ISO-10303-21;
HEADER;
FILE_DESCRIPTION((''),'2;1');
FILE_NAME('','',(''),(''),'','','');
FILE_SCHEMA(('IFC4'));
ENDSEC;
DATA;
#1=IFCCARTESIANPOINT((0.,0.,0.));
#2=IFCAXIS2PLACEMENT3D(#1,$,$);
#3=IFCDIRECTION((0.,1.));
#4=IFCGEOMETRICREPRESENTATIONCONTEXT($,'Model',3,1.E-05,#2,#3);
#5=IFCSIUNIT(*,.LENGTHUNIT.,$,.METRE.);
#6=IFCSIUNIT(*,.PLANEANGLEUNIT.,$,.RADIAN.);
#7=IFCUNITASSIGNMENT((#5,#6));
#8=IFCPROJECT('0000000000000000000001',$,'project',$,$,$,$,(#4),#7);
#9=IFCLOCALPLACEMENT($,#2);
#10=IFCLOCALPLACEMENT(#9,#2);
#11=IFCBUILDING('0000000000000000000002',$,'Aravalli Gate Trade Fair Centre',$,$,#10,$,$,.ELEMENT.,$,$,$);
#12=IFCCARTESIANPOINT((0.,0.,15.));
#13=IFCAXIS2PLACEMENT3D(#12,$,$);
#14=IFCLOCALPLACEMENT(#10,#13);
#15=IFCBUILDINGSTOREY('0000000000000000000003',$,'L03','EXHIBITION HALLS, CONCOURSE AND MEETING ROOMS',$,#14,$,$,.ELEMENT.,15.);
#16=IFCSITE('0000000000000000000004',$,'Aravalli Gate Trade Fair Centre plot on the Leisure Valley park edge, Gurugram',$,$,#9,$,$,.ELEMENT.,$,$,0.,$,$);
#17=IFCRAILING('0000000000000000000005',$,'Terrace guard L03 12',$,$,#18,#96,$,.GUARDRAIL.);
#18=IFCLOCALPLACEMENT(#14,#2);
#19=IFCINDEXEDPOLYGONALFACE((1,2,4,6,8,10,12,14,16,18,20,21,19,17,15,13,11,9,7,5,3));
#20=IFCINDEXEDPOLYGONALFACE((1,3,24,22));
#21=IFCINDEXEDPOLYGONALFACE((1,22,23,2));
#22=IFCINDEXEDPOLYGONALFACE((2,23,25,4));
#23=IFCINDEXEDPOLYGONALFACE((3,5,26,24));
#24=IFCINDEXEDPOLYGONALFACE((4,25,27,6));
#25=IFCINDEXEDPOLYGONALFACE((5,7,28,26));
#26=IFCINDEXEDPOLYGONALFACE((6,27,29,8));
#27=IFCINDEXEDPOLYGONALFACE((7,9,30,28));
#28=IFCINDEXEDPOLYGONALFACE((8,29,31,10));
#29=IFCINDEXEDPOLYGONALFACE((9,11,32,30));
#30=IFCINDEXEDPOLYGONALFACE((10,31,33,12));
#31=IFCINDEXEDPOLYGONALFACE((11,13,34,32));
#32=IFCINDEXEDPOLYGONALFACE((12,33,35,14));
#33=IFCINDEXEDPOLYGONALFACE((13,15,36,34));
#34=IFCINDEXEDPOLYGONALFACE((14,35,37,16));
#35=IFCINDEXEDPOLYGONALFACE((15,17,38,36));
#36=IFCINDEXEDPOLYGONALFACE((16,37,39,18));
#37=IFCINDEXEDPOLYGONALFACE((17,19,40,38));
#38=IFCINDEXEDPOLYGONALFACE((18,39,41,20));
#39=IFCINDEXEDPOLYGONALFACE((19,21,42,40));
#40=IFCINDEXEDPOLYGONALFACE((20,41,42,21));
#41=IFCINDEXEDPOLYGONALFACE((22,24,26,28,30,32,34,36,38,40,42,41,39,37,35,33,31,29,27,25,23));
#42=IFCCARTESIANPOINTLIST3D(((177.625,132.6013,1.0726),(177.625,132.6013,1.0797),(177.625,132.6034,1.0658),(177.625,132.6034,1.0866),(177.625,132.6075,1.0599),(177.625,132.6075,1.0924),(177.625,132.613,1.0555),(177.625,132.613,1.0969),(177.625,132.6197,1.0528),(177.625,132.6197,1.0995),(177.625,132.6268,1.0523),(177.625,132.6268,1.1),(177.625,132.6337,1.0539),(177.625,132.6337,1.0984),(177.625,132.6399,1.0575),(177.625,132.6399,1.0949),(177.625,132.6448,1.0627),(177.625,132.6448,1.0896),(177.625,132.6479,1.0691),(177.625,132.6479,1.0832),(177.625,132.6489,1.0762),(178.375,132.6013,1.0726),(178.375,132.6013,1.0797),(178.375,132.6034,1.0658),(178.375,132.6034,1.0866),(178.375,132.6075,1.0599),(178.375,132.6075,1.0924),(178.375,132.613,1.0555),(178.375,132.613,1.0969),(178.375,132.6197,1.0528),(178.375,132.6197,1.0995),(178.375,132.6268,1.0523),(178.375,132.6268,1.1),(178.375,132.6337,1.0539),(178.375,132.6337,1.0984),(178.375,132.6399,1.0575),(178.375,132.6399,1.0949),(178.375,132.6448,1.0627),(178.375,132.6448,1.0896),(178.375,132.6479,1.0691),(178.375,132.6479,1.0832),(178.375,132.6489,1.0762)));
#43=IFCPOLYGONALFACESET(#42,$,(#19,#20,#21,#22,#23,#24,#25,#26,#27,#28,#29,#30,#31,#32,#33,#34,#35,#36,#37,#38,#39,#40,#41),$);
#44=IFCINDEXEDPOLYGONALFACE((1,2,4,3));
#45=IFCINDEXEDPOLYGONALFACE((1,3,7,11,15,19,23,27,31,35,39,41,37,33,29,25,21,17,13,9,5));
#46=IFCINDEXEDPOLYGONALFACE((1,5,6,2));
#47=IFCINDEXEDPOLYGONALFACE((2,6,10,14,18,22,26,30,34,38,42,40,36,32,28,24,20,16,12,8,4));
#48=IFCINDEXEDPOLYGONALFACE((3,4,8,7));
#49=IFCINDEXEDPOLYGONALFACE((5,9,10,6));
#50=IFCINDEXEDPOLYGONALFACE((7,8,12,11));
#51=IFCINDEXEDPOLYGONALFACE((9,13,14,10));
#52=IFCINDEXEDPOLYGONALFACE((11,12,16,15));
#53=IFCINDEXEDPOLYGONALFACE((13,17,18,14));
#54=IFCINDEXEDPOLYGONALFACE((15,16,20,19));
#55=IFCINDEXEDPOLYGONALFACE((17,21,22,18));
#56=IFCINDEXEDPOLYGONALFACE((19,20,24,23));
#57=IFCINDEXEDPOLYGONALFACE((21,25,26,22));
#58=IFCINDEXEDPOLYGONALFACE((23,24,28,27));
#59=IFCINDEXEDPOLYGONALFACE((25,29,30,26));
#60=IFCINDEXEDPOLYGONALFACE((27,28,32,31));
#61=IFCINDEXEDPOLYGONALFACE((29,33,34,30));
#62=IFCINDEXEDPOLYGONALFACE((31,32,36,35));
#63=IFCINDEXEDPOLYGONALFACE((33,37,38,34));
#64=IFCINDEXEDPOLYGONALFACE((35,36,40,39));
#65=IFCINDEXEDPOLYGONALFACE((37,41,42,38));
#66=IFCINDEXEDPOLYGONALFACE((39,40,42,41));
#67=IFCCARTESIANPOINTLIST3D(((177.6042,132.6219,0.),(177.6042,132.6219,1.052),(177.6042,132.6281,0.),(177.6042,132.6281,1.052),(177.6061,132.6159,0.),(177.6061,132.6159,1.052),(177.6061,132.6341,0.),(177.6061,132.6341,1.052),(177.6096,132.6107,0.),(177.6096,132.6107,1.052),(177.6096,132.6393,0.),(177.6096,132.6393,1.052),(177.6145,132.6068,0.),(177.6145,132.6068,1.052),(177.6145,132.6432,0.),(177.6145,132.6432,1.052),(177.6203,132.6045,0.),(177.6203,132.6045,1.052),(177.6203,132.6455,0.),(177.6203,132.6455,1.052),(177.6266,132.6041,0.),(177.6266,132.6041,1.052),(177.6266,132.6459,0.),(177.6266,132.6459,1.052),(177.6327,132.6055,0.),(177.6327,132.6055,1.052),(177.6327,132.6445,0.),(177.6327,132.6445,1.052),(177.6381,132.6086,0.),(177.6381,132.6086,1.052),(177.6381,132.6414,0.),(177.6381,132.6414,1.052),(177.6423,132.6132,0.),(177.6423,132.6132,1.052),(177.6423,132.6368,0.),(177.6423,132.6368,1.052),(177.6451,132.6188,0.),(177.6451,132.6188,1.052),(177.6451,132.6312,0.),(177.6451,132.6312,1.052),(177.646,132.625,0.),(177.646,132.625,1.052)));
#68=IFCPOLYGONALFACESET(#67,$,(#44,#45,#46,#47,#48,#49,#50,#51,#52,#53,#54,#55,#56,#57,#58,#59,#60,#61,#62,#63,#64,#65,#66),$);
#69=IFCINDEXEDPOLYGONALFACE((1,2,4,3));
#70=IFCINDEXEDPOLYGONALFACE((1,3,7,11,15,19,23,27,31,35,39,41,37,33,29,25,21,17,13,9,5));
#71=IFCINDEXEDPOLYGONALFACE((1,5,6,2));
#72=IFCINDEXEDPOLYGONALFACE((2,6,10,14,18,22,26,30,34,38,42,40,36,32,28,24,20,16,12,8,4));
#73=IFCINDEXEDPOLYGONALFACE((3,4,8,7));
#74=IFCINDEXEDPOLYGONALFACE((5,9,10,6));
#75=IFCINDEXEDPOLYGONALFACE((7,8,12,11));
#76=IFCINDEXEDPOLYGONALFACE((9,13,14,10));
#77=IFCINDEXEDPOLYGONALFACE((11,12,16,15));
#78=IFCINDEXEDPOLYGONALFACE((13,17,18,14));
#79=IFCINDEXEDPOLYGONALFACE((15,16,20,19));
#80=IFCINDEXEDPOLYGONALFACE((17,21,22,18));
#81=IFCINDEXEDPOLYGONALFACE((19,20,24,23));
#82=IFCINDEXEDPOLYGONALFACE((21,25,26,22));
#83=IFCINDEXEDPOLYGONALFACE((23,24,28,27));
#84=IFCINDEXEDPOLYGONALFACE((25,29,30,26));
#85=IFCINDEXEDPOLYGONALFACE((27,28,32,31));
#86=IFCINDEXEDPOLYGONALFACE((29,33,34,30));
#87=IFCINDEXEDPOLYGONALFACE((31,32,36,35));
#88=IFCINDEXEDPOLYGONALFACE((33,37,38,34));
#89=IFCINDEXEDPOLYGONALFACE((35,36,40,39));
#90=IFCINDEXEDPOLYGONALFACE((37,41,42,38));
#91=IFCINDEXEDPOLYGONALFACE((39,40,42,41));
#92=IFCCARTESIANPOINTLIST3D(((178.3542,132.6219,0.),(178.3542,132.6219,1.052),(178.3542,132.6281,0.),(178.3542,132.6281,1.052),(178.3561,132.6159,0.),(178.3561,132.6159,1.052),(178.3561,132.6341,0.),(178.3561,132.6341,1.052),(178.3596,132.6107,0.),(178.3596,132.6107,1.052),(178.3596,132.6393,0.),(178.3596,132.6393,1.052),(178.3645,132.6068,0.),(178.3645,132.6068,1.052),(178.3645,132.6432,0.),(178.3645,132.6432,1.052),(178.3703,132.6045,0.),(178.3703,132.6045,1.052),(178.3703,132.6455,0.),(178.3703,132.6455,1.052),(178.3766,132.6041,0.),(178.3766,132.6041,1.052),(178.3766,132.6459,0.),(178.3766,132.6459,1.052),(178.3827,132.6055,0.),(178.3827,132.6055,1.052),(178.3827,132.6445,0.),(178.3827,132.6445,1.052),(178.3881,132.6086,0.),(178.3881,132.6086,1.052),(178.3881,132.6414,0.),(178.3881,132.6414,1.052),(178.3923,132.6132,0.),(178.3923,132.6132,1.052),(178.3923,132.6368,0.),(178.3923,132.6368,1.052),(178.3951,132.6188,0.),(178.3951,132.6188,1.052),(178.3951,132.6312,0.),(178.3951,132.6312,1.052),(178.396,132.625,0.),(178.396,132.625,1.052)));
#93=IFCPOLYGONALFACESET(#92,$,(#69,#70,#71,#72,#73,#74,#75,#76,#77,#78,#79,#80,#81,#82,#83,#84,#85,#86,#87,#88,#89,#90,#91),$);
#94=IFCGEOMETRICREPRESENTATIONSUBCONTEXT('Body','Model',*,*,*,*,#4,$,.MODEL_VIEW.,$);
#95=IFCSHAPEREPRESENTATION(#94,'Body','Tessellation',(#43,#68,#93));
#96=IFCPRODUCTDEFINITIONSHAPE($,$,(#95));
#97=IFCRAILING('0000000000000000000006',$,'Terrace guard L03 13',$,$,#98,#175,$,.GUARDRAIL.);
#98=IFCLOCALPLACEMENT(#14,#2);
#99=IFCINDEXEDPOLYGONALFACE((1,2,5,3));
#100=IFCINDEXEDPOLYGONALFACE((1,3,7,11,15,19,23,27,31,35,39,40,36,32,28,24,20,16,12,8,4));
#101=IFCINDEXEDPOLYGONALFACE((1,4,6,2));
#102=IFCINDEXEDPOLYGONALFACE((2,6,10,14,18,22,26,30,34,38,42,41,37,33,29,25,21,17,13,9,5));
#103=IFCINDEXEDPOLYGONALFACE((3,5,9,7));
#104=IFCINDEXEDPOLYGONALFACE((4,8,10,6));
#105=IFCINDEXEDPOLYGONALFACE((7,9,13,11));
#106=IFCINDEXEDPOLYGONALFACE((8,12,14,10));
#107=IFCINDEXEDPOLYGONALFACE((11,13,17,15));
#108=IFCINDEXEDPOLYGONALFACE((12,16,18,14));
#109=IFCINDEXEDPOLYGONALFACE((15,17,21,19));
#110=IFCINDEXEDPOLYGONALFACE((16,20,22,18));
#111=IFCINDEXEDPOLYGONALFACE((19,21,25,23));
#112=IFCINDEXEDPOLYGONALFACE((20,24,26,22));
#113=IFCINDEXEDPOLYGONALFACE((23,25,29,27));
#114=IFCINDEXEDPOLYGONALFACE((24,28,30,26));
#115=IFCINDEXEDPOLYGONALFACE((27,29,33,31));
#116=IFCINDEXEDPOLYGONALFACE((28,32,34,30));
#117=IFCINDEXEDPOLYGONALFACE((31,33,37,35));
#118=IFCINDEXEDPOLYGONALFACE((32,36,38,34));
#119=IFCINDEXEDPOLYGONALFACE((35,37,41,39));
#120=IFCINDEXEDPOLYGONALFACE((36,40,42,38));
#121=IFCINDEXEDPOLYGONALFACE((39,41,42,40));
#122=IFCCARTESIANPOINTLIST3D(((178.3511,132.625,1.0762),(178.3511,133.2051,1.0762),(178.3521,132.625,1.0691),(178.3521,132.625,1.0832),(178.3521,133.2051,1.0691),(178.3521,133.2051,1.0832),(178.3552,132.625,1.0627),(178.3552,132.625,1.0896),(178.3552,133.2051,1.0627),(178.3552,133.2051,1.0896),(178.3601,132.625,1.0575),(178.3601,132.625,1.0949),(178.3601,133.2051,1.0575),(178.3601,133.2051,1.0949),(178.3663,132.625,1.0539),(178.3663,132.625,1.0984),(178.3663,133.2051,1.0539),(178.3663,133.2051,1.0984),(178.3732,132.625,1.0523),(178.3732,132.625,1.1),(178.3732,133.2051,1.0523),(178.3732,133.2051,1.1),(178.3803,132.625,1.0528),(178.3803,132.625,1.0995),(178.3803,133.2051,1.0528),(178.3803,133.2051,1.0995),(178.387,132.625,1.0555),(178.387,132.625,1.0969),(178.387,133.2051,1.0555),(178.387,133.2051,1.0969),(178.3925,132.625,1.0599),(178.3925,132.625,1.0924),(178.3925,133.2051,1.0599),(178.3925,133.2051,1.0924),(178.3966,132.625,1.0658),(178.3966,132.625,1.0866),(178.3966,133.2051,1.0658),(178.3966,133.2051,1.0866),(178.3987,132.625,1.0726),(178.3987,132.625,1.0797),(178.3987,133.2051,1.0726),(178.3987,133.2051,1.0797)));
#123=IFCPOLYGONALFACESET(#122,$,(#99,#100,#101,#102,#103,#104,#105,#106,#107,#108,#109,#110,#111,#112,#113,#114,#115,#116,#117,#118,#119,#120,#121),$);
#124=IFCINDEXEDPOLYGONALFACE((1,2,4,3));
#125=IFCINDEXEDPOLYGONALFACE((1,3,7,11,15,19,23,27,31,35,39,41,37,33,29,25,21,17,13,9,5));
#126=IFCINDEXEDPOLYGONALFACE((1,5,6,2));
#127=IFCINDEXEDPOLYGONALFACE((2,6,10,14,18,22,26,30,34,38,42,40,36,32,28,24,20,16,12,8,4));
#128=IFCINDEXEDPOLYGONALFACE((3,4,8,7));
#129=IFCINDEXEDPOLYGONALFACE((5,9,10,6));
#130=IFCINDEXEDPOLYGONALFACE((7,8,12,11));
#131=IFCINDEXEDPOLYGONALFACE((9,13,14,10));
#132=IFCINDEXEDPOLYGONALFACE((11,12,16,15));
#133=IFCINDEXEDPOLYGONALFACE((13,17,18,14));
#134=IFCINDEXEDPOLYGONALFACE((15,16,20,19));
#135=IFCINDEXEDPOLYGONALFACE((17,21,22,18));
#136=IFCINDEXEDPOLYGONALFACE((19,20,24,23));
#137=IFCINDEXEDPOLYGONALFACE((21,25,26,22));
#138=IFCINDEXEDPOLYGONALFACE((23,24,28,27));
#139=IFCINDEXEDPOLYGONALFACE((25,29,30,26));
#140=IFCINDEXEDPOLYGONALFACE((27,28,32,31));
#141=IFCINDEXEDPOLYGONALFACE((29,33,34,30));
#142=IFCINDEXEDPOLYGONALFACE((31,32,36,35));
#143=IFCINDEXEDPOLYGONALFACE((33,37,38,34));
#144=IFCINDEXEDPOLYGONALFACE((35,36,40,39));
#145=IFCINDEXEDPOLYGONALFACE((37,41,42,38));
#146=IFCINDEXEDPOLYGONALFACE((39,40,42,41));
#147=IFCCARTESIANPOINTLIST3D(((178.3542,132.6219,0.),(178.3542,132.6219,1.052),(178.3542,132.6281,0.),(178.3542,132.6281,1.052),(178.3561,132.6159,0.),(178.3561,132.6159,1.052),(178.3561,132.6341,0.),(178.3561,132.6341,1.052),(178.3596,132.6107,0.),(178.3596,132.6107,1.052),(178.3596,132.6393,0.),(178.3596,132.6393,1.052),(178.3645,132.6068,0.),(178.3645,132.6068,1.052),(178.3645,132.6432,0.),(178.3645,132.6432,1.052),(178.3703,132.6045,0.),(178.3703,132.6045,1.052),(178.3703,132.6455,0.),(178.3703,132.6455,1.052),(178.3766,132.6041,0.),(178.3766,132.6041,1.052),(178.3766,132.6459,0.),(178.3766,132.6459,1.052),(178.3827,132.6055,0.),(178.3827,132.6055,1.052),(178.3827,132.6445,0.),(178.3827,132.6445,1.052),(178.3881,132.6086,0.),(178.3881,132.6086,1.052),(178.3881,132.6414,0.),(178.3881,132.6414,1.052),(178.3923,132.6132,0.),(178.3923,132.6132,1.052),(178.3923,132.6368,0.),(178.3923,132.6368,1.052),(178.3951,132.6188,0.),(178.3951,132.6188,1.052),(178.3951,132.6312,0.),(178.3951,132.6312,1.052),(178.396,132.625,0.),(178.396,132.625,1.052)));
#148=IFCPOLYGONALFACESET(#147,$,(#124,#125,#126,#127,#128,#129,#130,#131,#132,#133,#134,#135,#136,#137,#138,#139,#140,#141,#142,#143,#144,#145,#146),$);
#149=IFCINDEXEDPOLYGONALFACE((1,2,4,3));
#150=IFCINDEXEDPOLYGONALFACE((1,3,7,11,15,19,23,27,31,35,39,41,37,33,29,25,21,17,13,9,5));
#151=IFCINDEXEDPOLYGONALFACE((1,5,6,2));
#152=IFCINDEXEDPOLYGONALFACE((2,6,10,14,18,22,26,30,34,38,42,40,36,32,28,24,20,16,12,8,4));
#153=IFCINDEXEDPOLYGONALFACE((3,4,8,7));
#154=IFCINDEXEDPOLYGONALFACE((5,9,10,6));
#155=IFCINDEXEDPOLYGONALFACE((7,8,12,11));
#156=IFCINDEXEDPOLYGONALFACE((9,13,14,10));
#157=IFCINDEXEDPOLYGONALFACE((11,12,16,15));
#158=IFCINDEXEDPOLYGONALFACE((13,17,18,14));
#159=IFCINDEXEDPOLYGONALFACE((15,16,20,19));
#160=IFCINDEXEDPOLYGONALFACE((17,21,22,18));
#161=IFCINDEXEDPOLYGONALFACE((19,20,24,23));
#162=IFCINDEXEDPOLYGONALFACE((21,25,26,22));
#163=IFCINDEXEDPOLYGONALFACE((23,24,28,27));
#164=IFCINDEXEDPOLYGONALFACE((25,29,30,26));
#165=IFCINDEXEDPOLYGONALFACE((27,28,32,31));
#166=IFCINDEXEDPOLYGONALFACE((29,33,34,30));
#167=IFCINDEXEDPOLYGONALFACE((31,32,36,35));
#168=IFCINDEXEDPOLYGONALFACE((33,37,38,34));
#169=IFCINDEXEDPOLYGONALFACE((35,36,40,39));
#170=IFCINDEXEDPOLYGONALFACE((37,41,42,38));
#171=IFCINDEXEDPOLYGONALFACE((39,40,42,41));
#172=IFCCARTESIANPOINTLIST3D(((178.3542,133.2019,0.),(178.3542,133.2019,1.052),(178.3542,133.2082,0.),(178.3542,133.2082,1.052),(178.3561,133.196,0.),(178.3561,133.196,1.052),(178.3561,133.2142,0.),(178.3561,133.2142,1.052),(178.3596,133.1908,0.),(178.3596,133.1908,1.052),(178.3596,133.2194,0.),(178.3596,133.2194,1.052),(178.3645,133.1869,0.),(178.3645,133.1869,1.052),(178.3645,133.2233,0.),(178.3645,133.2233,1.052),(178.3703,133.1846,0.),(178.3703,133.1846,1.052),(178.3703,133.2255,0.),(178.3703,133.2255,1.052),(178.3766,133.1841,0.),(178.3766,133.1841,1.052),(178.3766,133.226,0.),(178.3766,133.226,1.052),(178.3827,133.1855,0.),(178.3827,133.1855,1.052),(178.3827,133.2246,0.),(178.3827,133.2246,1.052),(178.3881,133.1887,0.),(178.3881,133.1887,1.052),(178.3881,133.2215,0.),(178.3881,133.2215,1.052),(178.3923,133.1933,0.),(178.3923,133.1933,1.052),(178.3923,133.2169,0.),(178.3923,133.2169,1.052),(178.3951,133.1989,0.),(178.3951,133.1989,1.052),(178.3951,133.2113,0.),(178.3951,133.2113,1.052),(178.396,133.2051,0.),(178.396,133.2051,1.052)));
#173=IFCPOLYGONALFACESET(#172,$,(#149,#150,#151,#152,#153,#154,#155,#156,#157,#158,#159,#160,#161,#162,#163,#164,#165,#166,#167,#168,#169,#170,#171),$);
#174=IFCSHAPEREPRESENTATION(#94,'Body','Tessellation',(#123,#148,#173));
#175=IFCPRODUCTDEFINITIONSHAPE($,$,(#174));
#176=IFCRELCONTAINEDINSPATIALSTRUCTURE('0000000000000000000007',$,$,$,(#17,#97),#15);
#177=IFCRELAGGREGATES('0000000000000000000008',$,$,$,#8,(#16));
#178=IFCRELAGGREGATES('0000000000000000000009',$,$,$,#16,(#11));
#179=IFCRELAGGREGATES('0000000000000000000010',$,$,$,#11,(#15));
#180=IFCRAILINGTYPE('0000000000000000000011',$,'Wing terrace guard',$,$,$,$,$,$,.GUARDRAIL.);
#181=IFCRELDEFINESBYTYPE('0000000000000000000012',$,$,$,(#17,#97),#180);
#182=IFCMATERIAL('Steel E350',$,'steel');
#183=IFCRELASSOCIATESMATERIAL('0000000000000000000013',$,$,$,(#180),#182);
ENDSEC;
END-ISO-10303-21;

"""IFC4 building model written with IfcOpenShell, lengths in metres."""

from ifc_helpers import new_model, si_unit, direction, frame, origin, origin_2d, place, context, subcontext, project, spatial, circle, extrude, material, type_object, element, save


model = new_model("IFC4")

# Units and contexts
model_context = context("Model", 3, precision=1e-05, world=origin(), true_north=direction((0.0, 1.0)))
body_context = subcontext(model_context, "Body", "Model", "MODEL_VIEW")
ifc_project = project(units=[si_unit("LENGTHUNIT", "METRE"), si_unit("PLANEANGLEUNIT", "RADIAN")], contexts=[model_context])

# Site, building, storey
site_placement = place(None, origin())
site = spatial("IfcSite", under=ifc_project, at=site_placement, Name="Aravalli Gate Trade Fair Centre plot on the Leisure Valley park edge, Gurugram", CompositionType="ELEMENT", RefElevation=0.0)
building_placement = place(site_placement, origin())
building = spatial("IfcBuilding", under=site, at=building_placement, Name="Aravalli Gate Trade Fair Centre", CompositionType="ELEMENT")
storey_placement = place(building_placement, frame((0.0, 0.0, 15.0)))
storey = spatial("IfcBuildingStorey", under=building, at=storey_placement, Name="L03", Description="EXHIBITION HALLS, CONCOURSE AND MEETING ROOMS", CompositionType="ELEMENT", Elevation=15.0)

# Shared definitions
ifc_material_1 = material(Name="Steel E350", Category="steel")

# Railings
railing_type = type_object("IfcRailingType", Name="Wing terrace guard", PredefinedType="GUARDRAIL", material=ifc_material_1)
railing_1_placement = place(storey_placement, frame((177.625, 132.625, 0.0)))
element("IfcRailing", 1, at=railing_1_placement, inside=storey, type_object=railing_type, Name="Terrace guard L03 12", PredefinedType="GUARDRAIL", context=body_context, shape_type="SweptSolid", body=[
    extrude(circle(Radius=0.0239, at=origin_2d()), frame((0.0, 0.0, 1.0762), z_axis=(1.0, 0.0, 0.0), x_axis=(0.0, 1.0, 0.0)), (0.0, 0.0, 1.0), 0.75),
    extrude(circle(Radius=0.021, at=origin_2d()), origin(), (0.0, 0.0, 1.0), 1.052),
    extrude(circle(Radius=0.021, at=origin_2d()), frame((0.75, 0.0, 0.0)), (0.0, 0.0, 1.0), 1.052),
])
railing_2_placement = place(storey_placement, frame((178.375, 132.625, 0.0)))
element("IfcRailing", 2, at=railing_2_placement, inside=storey, type_object=railing_type, Name="Terrace guard L03 13", PredefinedType="GUARDRAIL", context=body_context, shape_type="SweptSolid", body=[
    extrude(circle(Radius=0.0239, at=origin_2d()), frame((0.0, 0.0, 1.0762), z_axis=(0.0, 1.0, 0.0), x_axis=(-1.0, 0.0, 0.0)), (0.0, 0.0, 1.0), 0.5801),
    extrude(circle(Radius=0.021, at=origin_2d()), origin(), (0.0, 0.0, 1.0), 1.052),
    extrude(circle(Radius=0.021, at=origin_2d()), frame((0.0, 0.5801, 0.0)), (0.0, 0.0, 1.0), 1.052),
])

save(model, "model.ifc")
